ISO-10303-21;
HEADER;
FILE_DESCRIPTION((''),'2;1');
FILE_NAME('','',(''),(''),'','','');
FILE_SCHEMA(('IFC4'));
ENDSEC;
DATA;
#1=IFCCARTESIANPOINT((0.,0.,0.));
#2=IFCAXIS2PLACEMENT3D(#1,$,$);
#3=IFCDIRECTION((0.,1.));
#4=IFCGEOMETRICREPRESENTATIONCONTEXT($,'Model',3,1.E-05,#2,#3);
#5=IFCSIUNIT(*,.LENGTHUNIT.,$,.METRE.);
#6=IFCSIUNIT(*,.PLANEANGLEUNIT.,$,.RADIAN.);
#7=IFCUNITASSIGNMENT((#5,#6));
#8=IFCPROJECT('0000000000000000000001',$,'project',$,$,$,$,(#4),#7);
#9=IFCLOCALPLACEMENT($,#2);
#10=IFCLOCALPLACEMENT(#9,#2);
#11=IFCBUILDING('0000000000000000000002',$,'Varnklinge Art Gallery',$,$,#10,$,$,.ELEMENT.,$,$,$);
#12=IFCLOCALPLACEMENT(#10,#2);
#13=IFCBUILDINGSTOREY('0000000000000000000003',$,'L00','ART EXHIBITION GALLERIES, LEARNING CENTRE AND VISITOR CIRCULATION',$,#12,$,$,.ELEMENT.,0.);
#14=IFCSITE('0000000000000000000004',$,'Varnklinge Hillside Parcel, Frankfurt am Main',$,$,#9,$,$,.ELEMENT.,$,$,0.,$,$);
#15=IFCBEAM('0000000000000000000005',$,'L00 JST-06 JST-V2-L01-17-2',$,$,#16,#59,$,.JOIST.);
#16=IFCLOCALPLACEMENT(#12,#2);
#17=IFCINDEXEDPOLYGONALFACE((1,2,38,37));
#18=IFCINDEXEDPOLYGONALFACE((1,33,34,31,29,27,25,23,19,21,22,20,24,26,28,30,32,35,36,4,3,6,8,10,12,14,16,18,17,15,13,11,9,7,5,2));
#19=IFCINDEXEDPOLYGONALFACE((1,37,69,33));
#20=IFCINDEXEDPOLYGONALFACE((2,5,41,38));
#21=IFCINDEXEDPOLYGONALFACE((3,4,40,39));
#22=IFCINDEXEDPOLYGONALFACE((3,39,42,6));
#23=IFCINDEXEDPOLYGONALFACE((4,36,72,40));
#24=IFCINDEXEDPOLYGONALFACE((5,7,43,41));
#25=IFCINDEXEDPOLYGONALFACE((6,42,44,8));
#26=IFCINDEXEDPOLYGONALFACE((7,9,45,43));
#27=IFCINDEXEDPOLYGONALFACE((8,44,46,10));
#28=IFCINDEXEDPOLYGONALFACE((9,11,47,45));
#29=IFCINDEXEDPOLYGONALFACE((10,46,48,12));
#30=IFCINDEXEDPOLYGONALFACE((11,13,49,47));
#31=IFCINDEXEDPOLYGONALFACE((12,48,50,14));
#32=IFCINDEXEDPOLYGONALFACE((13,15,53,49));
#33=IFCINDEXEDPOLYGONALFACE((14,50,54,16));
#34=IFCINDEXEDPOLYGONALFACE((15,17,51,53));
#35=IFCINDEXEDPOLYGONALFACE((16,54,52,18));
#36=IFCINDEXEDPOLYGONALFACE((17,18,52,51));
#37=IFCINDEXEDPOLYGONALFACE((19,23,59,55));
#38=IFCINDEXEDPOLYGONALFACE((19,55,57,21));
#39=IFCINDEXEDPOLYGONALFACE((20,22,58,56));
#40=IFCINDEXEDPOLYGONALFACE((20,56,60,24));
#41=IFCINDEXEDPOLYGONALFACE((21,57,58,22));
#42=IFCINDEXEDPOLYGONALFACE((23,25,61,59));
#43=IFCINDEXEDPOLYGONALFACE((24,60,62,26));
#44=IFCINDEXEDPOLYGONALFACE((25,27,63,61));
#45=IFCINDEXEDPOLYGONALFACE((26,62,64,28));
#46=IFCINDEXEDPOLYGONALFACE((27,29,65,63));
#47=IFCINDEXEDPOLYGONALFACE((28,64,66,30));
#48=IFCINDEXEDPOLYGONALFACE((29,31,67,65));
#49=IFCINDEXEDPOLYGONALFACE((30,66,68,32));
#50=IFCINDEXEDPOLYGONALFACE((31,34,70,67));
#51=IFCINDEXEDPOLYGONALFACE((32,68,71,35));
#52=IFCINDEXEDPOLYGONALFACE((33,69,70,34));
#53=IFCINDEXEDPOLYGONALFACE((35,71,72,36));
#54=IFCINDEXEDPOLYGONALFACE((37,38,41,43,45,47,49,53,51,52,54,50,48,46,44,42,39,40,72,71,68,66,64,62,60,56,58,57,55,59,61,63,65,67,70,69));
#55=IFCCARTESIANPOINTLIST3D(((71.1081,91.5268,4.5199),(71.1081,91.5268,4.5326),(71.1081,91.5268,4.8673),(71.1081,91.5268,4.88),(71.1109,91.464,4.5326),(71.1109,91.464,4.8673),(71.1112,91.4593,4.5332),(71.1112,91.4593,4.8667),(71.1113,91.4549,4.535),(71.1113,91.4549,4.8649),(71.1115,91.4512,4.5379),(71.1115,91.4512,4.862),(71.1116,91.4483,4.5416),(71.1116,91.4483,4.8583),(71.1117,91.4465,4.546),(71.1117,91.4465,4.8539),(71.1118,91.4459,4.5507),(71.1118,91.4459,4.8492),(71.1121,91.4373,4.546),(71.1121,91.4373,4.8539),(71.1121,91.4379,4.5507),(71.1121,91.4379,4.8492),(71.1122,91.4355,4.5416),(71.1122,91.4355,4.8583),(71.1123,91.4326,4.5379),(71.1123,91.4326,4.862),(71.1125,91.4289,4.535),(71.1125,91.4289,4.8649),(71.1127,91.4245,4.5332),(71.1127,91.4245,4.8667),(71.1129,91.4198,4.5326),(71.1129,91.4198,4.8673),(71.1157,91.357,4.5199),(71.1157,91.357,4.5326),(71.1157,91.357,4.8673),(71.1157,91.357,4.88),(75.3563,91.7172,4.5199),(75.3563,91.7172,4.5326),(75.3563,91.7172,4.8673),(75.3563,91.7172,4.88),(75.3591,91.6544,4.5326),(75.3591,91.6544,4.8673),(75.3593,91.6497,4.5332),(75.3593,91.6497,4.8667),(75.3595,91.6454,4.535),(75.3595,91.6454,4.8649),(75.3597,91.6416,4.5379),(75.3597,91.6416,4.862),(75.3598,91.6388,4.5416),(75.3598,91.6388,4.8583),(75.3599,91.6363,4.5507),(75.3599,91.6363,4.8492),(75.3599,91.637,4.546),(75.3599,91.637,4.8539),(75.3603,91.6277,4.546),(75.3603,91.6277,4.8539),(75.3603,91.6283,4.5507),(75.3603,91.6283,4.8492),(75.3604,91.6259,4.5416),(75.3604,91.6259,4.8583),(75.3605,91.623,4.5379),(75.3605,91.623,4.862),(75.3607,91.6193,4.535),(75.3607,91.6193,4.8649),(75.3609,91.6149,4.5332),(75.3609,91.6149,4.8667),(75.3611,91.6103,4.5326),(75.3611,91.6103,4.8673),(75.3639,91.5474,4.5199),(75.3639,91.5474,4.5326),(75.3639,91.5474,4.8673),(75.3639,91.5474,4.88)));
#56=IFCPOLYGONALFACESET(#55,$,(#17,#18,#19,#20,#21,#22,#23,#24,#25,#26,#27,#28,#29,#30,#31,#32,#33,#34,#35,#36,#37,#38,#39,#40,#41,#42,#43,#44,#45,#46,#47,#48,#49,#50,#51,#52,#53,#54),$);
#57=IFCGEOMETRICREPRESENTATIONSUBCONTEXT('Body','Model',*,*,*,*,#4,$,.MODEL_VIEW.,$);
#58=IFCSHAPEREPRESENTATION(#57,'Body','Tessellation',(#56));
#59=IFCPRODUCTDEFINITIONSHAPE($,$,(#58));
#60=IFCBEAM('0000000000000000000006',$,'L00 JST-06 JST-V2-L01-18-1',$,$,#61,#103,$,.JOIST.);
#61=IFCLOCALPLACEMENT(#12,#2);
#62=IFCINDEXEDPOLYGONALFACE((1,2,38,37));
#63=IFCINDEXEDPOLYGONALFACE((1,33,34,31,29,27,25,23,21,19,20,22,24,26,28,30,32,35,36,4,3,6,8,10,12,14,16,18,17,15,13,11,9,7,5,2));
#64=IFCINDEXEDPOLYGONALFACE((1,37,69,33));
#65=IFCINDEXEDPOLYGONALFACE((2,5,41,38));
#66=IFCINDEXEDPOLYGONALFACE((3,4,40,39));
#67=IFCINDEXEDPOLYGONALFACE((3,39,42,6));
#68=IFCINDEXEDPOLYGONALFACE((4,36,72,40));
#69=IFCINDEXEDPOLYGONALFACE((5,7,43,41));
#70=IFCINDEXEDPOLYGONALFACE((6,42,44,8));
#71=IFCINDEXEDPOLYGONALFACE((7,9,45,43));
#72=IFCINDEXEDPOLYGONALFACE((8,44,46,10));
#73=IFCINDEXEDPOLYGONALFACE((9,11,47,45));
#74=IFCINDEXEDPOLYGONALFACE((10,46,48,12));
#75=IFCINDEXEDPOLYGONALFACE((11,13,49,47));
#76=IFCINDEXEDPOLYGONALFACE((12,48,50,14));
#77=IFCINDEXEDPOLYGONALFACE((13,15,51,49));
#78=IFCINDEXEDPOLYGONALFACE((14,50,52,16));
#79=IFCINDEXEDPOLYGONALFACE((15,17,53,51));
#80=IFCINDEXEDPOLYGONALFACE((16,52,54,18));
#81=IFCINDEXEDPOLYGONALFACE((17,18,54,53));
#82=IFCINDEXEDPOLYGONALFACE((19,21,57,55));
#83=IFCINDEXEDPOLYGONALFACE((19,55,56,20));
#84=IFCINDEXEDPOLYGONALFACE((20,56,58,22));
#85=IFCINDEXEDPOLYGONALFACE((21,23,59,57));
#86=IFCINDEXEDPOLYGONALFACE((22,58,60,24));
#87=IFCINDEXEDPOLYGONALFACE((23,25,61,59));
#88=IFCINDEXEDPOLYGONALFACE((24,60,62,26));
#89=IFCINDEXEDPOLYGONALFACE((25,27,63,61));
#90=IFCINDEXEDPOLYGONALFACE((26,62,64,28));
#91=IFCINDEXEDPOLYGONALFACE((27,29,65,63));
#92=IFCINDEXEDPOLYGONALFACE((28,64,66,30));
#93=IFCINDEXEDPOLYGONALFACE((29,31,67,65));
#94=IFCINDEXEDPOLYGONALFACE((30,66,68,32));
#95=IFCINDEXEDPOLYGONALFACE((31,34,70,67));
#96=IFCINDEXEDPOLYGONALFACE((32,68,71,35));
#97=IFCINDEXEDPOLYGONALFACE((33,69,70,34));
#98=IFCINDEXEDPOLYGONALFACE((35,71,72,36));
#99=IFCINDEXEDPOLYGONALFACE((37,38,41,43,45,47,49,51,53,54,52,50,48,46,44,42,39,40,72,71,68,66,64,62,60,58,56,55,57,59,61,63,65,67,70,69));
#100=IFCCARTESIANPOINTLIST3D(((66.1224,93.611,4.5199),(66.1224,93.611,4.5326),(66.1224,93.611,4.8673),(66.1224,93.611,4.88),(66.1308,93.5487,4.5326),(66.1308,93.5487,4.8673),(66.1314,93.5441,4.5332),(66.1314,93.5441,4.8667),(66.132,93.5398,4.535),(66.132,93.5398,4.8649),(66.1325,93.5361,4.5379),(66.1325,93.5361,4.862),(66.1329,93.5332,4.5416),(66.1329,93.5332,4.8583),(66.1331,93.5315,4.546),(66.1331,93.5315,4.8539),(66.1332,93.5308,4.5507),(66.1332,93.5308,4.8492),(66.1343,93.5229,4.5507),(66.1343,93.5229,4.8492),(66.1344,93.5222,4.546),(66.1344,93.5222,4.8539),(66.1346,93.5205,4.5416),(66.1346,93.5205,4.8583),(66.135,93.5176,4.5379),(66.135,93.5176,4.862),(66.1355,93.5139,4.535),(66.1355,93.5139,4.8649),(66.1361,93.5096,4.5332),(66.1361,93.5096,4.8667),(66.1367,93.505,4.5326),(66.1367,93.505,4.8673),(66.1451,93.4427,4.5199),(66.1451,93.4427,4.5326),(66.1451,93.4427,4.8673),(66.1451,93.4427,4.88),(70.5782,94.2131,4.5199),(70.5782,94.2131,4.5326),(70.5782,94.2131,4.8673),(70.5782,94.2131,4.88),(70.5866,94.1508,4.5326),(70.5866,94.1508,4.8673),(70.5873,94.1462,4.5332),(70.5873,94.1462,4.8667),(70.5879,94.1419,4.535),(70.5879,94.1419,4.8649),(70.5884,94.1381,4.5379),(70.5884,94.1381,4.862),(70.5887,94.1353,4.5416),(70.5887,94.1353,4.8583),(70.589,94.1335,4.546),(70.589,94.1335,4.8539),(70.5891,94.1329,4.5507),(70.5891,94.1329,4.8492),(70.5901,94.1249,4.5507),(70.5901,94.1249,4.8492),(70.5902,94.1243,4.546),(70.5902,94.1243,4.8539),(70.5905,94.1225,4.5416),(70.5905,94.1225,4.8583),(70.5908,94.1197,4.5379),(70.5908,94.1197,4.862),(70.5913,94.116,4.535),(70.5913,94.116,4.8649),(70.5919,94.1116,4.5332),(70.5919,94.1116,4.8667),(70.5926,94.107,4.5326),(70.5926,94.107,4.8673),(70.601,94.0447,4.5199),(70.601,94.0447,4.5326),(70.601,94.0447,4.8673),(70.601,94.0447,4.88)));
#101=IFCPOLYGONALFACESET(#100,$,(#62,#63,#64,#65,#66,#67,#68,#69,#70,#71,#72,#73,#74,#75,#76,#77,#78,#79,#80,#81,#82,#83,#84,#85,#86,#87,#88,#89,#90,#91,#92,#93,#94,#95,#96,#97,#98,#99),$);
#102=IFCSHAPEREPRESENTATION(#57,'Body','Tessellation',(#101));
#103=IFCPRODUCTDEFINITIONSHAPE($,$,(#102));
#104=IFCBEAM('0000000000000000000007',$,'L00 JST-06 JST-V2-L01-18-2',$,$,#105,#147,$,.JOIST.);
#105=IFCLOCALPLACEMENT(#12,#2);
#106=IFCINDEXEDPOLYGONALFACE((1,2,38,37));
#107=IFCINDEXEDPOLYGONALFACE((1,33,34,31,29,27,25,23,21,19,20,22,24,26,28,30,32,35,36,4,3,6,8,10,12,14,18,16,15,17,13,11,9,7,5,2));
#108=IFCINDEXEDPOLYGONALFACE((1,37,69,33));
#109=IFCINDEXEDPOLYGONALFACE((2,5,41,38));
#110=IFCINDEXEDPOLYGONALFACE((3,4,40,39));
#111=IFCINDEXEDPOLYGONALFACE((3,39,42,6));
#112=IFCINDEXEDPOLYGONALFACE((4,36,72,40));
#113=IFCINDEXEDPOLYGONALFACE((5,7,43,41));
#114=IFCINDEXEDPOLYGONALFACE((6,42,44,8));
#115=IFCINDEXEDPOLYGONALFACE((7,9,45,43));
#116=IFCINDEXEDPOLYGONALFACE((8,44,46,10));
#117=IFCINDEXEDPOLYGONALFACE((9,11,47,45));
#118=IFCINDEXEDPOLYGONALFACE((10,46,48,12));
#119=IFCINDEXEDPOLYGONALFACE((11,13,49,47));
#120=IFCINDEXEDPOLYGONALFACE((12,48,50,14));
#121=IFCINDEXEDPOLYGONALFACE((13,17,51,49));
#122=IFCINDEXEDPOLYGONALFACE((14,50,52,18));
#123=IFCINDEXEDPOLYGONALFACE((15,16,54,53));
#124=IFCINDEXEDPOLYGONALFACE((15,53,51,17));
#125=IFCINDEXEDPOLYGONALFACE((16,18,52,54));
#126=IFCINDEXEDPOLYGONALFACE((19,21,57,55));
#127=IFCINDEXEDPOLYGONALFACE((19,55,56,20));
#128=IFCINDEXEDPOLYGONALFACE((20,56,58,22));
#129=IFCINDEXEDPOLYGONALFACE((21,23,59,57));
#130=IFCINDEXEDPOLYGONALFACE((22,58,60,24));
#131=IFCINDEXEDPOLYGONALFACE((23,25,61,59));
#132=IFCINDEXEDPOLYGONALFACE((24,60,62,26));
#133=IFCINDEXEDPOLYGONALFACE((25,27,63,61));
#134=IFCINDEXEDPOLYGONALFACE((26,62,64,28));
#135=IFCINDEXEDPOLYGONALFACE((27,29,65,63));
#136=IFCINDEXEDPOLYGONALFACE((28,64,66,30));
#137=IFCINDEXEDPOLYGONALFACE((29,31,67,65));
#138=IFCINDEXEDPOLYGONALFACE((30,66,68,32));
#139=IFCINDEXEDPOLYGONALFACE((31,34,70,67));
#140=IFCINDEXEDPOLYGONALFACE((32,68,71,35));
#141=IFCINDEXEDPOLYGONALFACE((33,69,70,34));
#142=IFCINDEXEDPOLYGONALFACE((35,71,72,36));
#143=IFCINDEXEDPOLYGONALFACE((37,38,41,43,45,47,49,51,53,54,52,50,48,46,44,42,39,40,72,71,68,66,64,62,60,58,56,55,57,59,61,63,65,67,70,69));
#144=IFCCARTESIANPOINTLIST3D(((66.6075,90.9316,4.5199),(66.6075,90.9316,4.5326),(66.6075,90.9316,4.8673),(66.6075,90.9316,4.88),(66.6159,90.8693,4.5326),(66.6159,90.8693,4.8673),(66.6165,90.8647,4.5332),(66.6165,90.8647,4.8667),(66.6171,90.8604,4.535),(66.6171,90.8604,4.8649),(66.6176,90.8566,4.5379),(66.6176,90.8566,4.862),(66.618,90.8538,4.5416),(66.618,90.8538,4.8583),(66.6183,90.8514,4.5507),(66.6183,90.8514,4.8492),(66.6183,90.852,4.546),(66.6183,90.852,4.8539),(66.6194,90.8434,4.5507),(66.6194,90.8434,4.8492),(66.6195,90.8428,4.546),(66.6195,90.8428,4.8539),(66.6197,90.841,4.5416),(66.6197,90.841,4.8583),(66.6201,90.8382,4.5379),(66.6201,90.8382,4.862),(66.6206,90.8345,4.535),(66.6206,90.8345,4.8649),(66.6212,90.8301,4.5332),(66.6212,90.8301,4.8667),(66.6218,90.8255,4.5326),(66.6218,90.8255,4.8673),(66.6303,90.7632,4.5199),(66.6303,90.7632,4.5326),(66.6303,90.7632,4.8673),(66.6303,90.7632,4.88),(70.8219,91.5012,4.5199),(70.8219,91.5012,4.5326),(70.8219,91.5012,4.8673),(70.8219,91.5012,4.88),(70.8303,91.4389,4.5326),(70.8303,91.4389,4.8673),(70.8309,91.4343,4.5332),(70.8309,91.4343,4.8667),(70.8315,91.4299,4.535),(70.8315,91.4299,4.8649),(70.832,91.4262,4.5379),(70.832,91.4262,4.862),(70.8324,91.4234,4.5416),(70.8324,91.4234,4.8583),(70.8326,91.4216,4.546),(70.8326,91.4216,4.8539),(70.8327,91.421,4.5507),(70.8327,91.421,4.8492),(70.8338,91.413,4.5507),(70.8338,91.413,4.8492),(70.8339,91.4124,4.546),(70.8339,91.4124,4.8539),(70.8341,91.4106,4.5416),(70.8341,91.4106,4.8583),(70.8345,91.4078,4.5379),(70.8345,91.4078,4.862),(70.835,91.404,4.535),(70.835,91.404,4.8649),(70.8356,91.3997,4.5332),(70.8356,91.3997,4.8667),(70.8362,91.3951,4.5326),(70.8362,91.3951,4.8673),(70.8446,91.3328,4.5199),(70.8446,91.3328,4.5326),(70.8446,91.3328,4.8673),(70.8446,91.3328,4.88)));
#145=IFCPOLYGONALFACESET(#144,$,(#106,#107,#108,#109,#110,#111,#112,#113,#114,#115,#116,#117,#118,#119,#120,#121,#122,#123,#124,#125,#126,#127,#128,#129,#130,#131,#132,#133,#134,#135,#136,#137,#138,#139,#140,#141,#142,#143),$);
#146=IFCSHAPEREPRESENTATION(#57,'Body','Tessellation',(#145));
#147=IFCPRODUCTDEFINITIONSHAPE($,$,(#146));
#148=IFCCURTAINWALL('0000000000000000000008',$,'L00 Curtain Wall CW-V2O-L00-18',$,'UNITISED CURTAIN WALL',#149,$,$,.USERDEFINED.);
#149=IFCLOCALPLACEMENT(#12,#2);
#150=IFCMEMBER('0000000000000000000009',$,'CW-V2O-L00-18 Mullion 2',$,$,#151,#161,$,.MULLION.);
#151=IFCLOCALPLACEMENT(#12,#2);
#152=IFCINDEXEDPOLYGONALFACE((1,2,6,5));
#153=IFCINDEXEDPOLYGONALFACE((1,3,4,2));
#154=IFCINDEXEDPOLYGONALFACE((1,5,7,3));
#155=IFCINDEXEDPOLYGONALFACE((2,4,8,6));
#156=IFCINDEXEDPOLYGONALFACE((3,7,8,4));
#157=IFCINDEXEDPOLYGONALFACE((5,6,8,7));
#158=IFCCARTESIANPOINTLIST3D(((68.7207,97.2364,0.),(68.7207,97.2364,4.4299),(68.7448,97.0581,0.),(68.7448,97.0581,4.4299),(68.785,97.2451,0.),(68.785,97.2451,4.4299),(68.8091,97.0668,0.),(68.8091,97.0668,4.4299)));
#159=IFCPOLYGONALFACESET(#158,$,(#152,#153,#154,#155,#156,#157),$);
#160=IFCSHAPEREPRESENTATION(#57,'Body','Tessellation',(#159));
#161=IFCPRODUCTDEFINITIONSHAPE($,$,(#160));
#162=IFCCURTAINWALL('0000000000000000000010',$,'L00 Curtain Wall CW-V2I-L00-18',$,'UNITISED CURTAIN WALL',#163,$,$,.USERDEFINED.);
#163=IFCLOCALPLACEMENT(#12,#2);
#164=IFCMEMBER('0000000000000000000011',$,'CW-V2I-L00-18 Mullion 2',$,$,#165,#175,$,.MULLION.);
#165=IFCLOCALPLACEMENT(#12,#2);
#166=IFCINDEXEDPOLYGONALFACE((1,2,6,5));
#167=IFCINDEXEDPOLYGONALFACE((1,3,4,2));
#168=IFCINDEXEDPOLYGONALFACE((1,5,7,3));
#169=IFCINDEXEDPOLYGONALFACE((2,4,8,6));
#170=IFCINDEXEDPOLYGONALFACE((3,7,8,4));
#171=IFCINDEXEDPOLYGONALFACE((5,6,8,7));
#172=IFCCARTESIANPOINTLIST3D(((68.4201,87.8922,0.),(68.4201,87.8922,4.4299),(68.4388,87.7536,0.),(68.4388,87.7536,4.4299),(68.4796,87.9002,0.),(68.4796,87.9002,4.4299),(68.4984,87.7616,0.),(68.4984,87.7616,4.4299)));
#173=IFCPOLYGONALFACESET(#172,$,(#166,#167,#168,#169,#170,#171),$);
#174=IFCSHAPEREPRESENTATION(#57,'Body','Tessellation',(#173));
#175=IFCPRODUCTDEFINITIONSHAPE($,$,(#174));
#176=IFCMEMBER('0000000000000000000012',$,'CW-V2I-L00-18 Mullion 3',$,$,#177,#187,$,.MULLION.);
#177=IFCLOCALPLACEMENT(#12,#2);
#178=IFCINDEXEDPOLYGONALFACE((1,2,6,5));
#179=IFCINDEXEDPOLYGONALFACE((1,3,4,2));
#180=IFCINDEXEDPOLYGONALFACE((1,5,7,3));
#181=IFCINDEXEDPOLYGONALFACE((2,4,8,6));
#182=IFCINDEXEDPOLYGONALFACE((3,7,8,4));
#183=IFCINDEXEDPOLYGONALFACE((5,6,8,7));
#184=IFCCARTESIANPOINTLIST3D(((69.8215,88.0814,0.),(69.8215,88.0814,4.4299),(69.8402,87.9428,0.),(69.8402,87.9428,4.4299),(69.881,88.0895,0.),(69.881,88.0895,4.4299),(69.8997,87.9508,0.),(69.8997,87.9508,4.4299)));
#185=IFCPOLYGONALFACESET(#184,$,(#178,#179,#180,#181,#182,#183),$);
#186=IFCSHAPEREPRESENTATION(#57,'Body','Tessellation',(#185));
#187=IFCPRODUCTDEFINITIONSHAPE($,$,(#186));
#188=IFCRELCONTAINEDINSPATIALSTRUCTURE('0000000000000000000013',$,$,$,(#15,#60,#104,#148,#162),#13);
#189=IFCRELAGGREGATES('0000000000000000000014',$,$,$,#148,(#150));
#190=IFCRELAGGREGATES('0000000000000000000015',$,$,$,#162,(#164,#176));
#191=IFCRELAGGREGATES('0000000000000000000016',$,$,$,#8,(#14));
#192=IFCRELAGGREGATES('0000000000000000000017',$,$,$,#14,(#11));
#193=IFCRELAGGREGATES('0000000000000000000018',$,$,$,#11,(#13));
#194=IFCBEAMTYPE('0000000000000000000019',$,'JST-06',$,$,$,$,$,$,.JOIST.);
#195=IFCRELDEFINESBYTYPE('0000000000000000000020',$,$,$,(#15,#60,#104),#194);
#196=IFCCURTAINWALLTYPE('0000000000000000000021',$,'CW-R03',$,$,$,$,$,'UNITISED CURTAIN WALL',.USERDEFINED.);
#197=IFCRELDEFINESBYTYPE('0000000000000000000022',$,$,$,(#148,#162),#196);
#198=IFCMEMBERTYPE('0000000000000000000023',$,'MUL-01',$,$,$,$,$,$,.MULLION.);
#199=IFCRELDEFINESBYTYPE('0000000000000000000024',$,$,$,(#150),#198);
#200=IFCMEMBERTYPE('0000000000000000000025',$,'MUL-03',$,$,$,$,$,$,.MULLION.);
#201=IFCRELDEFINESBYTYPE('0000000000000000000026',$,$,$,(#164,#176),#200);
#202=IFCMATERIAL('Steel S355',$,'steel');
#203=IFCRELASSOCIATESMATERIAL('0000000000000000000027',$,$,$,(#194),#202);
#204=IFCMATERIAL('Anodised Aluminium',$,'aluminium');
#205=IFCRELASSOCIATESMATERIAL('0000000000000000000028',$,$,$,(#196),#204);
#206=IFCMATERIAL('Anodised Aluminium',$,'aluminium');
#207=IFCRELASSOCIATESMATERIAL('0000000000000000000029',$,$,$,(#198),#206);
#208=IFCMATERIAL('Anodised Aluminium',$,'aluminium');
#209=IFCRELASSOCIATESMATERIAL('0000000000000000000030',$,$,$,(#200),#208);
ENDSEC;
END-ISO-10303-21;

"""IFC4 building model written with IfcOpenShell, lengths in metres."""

from ifc_helpers import new_model, si_unit, direction, frame, origin, origin_2d, place, context, subcontext, project, spatial, rectangle, i_section, extrude, material, material_profile, profile_set, type_object, element, aggregate, save


model = new_model("IFC4")

# Units and contexts
model_context = context("Model", 3, precision=1e-05, world=origin(), true_north=direction((0.0, 1.0)))
body_context = subcontext(model_context, "Body", "Model", "MODEL_VIEW")
ifc_project = project(units=[si_unit("LENGTHUNIT", "METRE"), si_unit("PLANEANGLEUNIT", "RADIAN")], contexts=[model_context])

# Site, building, storey
site_placement = place(None, origin())
site = spatial("IfcSite", under=ifc_project, at=site_placement, Name="Varnklinge Hillside Parcel, Frankfurt am Main", CompositionType="ELEMENT", RefElevation=0.0)
building_placement = place(site_placement, origin())
building = spatial("IfcBuilding", under=site, at=building_placement, Name="Varnklinge Art Gallery", CompositionType="ELEMENT")
storey_placement = place(building_placement, origin())
storey = spatial("IfcBuildingStorey", under=building, at=storey_placement, Name="L00", Description="ART EXHIBITION GALLERIES, LEARNING CENTRE AND VISITOR CIRCULATION", CompositionType="ELEMENT", Elevation=0.0)

# Beams
ifc_material_1 = material(Name="Steel S355", Category="steel")
ifc_material_profile_1 = material_profile(ifc_material_1, i_section(OverallWidth=0.1699, OverallDepth=0.3601, WebThickness=0.0081, FlangeThickness=0.0127, FilletRadius=0.0181, at=origin_2d()), Name="IPE 360")
ifc_profile_set_1 = profile_set([ifc_material_profile_1], Name="Steel S355")
beam_type_1 = type_object("IfcBeamType", Name="JST-06", PredefinedType="JOIST", material=ifc_profile_set_1)
beam_1_placement = place(storey_placement, frame((75.3601, 91.6323, 4.7), z_axis=(-0.998997, -0.04478, 0.0), x_axis=(0.04478, -0.998997, 0.0)))
element("IfcBeam", 1, at=beam_1_placement, inside=storey, type_object=beam_type_1, Name="L00 JST-06 JST-V2-L01-17-2", PredefinedType="JOIST", context=body_context, shape_type="SweptSolid", body=[
    extrude(i_section(OverallWidth=0.1699, OverallDepth=0.3601, WebThickness=0.0081, FlangeThickness=0.0127, FilletRadius=0.0181, at=origin_2d()), origin(), (0.0, 0.0, 1.0), 4.2524),
])
beam_2_placement = place(storey_placement, frame((70.5896, 94.1289, 4.7), z_axis=(-0.990995, -0.133899, 0.0), x_axis=(0.133899, -0.990995, 0.0)))
element("IfcBeam", 2, at=beam_2_placement, inside=storey, type_object=beam_type_1, Name="L00 JST-06 JST-V2-L01-18-1", PredefinedType="JOIST", context=body_context, shape_type="SweptSolid", body=[
    extrude(i_section(OverallWidth=0.1699, OverallDepth=0.3601, WebThickness=0.0081, FlangeThickness=0.0127, FilletRadius=0.0181, at=origin_2d()), origin(), (0.0, 0.0, 1.0), 4.4963),
])
beam_3_placement = place(storey_placement, frame((70.8333, 91.417, 4.7), z_axis=(-0.99099, -0.133935, 0.0), x_axis=(0.133935, -0.99099, 0.0)))
element("IfcBeam", 3, at=beam_3_placement, inside=storey, type_object=beam_type_1, Name="L00 JST-06 JST-V2-L01-18-2", PredefinedType="JOIST", context=body_context, shape_type="SweptSolid", body=[
    extrude(i_section(OverallWidth=0.1699, OverallDepth=0.3601, WebThickness=0.0081, FlangeThickness=0.0127, FilletRadius=0.0181, at=origin_2d()), origin(), (0.0, 0.0, 1.0), 4.2527),
])

# Curtain wall, member
ifc_material_2 = material(Name="Anodised Aluminium", Category="aluminium")
curtain_wall_type = type_object("IfcCurtainWallType", Name="CW-R03", ElementType="UNITISED CURTAIN WALL", PredefinedType="USERDEFINED", material=ifc_material_2)
curtain_wall_1_placement = place(storey_placement, origin())
curtain_wall_1 = element("IfcCurtainWall", 4, at=curtain_wall_1_placement, inside=storey, type_object=curtain_wall_type, Name="L00 Curtain Wall CW-V2O-L00-18", ObjectType="UNITISED CURTAIN WALL", PredefinedType="USERDEFINED")
ifc_material_3 = material(Name="Anodised Aluminium", Category="aluminium")
ifc_material_profile_2 = material_profile(ifc_material_3, rectangle(XDim=0.0649, YDim=0.1799, at=origin_2d()), Name="ALU 65x180")
ifc_profile_set_2 = profile_set([ifc_material_profile_2], Name="Anodised Aluminium")
member_type_1 = type_object("IfcMemberType", Name="MUL-01", PredefinedType="MULLION", material=ifc_profile_set_2)
member_1_placement = place(storey_placement, frame((68.7649, 97.1516, 0.0), z_axis=(0.0, 0.0, 1.0), x_axis=(-0.990983, -0.133986, 0.0)))
member_1 = element("IfcMember", 5, at=member_1_placement, type_object=member_type_1, Name="CW-V2O-L00-18 Mullion 2", PredefinedType="MULLION", context=body_context, shape_type="SweptSolid", body=[
    extrude(rectangle(XDim=0.0649, YDim=0.1799, at=origin_2d()), origin(), (0.0, 0.0, 1.0), 4.4299),
])
aggregate(curtain_wall_1, [member_1])

# Curtain wall, members
curtain_wall_2_placement = place(storey_placement, origin())
curtain_wall_2 = element("IfcCurtainWall", 6, at=curtain_wall_2_placement, inside=storey, type_object=curtain_wall_type, Name="L00 Curtain Wall CW-V2I-L00-18", ObjectType="UNITISED CURTAIN WALL", PredefinedType="USERDEFINED")
ifc_material_4 = material(Name="Anodised Aluminium", Category="aluminium")
ifc_material_profile_3 = material_profile(ifc_material_4, rectangle(XDim=0.0601, YDim=0.1399, at=origin_2d()), Name="ALU 60x140")
ifc_profile_set_3 = profile_set([ifc_material_profile_3], Name="Anodised Aluminium")
member_type_2 = type_object("IfcMemberType", Name="MUL-03", PredefinedType="MULLION", material=ifc_profile_set_3)
member_2_placement = place(storey_placement, frame((68.4592, 87.8269, 0.0), z_axis=(0.0, 0.0, 1.0), x_axis=(0.990983, 0.133986, 0.0)))
member_2 = element("IfcMember", 7, at=member_2_placement, type_object=member_type_2, Name="CW-V2I-L00-18 Mullion 2", PredefinedType="MULLION", context=body_context, shape_type="SweptSolid", body=[
    extrude(rectangle(XDim=0.0601, YDim=0.1399, at=origin_2d()), origin(), (0.0, 0.0, 1.0), 4.4299),
])
member_3_placement = place(storey_placement, frame((69.8606, 88.0161, 0.0), z_axis=(0.0, 0.0, 1.0), x_axis=(0.990983, 0.133986, 0.0)))
member_3 = element("IfcMember", 8, at=member_3_placement, type_object=member_type_2, Name="CW-V2I-L00-18 Mullion 3", PredefinedType="MULLION", context=body_context, shape_type="SweptSolid", body=[
    extrude(rectangle(XDim=0.0601, YDim=0.1399, at=origin_2d()), origin(), (0.0, 0.0, 1.0), 4.4299),
])

aggregate(curtain_wall_2, [member_2, member_3])

save(model, "model.ifc")
